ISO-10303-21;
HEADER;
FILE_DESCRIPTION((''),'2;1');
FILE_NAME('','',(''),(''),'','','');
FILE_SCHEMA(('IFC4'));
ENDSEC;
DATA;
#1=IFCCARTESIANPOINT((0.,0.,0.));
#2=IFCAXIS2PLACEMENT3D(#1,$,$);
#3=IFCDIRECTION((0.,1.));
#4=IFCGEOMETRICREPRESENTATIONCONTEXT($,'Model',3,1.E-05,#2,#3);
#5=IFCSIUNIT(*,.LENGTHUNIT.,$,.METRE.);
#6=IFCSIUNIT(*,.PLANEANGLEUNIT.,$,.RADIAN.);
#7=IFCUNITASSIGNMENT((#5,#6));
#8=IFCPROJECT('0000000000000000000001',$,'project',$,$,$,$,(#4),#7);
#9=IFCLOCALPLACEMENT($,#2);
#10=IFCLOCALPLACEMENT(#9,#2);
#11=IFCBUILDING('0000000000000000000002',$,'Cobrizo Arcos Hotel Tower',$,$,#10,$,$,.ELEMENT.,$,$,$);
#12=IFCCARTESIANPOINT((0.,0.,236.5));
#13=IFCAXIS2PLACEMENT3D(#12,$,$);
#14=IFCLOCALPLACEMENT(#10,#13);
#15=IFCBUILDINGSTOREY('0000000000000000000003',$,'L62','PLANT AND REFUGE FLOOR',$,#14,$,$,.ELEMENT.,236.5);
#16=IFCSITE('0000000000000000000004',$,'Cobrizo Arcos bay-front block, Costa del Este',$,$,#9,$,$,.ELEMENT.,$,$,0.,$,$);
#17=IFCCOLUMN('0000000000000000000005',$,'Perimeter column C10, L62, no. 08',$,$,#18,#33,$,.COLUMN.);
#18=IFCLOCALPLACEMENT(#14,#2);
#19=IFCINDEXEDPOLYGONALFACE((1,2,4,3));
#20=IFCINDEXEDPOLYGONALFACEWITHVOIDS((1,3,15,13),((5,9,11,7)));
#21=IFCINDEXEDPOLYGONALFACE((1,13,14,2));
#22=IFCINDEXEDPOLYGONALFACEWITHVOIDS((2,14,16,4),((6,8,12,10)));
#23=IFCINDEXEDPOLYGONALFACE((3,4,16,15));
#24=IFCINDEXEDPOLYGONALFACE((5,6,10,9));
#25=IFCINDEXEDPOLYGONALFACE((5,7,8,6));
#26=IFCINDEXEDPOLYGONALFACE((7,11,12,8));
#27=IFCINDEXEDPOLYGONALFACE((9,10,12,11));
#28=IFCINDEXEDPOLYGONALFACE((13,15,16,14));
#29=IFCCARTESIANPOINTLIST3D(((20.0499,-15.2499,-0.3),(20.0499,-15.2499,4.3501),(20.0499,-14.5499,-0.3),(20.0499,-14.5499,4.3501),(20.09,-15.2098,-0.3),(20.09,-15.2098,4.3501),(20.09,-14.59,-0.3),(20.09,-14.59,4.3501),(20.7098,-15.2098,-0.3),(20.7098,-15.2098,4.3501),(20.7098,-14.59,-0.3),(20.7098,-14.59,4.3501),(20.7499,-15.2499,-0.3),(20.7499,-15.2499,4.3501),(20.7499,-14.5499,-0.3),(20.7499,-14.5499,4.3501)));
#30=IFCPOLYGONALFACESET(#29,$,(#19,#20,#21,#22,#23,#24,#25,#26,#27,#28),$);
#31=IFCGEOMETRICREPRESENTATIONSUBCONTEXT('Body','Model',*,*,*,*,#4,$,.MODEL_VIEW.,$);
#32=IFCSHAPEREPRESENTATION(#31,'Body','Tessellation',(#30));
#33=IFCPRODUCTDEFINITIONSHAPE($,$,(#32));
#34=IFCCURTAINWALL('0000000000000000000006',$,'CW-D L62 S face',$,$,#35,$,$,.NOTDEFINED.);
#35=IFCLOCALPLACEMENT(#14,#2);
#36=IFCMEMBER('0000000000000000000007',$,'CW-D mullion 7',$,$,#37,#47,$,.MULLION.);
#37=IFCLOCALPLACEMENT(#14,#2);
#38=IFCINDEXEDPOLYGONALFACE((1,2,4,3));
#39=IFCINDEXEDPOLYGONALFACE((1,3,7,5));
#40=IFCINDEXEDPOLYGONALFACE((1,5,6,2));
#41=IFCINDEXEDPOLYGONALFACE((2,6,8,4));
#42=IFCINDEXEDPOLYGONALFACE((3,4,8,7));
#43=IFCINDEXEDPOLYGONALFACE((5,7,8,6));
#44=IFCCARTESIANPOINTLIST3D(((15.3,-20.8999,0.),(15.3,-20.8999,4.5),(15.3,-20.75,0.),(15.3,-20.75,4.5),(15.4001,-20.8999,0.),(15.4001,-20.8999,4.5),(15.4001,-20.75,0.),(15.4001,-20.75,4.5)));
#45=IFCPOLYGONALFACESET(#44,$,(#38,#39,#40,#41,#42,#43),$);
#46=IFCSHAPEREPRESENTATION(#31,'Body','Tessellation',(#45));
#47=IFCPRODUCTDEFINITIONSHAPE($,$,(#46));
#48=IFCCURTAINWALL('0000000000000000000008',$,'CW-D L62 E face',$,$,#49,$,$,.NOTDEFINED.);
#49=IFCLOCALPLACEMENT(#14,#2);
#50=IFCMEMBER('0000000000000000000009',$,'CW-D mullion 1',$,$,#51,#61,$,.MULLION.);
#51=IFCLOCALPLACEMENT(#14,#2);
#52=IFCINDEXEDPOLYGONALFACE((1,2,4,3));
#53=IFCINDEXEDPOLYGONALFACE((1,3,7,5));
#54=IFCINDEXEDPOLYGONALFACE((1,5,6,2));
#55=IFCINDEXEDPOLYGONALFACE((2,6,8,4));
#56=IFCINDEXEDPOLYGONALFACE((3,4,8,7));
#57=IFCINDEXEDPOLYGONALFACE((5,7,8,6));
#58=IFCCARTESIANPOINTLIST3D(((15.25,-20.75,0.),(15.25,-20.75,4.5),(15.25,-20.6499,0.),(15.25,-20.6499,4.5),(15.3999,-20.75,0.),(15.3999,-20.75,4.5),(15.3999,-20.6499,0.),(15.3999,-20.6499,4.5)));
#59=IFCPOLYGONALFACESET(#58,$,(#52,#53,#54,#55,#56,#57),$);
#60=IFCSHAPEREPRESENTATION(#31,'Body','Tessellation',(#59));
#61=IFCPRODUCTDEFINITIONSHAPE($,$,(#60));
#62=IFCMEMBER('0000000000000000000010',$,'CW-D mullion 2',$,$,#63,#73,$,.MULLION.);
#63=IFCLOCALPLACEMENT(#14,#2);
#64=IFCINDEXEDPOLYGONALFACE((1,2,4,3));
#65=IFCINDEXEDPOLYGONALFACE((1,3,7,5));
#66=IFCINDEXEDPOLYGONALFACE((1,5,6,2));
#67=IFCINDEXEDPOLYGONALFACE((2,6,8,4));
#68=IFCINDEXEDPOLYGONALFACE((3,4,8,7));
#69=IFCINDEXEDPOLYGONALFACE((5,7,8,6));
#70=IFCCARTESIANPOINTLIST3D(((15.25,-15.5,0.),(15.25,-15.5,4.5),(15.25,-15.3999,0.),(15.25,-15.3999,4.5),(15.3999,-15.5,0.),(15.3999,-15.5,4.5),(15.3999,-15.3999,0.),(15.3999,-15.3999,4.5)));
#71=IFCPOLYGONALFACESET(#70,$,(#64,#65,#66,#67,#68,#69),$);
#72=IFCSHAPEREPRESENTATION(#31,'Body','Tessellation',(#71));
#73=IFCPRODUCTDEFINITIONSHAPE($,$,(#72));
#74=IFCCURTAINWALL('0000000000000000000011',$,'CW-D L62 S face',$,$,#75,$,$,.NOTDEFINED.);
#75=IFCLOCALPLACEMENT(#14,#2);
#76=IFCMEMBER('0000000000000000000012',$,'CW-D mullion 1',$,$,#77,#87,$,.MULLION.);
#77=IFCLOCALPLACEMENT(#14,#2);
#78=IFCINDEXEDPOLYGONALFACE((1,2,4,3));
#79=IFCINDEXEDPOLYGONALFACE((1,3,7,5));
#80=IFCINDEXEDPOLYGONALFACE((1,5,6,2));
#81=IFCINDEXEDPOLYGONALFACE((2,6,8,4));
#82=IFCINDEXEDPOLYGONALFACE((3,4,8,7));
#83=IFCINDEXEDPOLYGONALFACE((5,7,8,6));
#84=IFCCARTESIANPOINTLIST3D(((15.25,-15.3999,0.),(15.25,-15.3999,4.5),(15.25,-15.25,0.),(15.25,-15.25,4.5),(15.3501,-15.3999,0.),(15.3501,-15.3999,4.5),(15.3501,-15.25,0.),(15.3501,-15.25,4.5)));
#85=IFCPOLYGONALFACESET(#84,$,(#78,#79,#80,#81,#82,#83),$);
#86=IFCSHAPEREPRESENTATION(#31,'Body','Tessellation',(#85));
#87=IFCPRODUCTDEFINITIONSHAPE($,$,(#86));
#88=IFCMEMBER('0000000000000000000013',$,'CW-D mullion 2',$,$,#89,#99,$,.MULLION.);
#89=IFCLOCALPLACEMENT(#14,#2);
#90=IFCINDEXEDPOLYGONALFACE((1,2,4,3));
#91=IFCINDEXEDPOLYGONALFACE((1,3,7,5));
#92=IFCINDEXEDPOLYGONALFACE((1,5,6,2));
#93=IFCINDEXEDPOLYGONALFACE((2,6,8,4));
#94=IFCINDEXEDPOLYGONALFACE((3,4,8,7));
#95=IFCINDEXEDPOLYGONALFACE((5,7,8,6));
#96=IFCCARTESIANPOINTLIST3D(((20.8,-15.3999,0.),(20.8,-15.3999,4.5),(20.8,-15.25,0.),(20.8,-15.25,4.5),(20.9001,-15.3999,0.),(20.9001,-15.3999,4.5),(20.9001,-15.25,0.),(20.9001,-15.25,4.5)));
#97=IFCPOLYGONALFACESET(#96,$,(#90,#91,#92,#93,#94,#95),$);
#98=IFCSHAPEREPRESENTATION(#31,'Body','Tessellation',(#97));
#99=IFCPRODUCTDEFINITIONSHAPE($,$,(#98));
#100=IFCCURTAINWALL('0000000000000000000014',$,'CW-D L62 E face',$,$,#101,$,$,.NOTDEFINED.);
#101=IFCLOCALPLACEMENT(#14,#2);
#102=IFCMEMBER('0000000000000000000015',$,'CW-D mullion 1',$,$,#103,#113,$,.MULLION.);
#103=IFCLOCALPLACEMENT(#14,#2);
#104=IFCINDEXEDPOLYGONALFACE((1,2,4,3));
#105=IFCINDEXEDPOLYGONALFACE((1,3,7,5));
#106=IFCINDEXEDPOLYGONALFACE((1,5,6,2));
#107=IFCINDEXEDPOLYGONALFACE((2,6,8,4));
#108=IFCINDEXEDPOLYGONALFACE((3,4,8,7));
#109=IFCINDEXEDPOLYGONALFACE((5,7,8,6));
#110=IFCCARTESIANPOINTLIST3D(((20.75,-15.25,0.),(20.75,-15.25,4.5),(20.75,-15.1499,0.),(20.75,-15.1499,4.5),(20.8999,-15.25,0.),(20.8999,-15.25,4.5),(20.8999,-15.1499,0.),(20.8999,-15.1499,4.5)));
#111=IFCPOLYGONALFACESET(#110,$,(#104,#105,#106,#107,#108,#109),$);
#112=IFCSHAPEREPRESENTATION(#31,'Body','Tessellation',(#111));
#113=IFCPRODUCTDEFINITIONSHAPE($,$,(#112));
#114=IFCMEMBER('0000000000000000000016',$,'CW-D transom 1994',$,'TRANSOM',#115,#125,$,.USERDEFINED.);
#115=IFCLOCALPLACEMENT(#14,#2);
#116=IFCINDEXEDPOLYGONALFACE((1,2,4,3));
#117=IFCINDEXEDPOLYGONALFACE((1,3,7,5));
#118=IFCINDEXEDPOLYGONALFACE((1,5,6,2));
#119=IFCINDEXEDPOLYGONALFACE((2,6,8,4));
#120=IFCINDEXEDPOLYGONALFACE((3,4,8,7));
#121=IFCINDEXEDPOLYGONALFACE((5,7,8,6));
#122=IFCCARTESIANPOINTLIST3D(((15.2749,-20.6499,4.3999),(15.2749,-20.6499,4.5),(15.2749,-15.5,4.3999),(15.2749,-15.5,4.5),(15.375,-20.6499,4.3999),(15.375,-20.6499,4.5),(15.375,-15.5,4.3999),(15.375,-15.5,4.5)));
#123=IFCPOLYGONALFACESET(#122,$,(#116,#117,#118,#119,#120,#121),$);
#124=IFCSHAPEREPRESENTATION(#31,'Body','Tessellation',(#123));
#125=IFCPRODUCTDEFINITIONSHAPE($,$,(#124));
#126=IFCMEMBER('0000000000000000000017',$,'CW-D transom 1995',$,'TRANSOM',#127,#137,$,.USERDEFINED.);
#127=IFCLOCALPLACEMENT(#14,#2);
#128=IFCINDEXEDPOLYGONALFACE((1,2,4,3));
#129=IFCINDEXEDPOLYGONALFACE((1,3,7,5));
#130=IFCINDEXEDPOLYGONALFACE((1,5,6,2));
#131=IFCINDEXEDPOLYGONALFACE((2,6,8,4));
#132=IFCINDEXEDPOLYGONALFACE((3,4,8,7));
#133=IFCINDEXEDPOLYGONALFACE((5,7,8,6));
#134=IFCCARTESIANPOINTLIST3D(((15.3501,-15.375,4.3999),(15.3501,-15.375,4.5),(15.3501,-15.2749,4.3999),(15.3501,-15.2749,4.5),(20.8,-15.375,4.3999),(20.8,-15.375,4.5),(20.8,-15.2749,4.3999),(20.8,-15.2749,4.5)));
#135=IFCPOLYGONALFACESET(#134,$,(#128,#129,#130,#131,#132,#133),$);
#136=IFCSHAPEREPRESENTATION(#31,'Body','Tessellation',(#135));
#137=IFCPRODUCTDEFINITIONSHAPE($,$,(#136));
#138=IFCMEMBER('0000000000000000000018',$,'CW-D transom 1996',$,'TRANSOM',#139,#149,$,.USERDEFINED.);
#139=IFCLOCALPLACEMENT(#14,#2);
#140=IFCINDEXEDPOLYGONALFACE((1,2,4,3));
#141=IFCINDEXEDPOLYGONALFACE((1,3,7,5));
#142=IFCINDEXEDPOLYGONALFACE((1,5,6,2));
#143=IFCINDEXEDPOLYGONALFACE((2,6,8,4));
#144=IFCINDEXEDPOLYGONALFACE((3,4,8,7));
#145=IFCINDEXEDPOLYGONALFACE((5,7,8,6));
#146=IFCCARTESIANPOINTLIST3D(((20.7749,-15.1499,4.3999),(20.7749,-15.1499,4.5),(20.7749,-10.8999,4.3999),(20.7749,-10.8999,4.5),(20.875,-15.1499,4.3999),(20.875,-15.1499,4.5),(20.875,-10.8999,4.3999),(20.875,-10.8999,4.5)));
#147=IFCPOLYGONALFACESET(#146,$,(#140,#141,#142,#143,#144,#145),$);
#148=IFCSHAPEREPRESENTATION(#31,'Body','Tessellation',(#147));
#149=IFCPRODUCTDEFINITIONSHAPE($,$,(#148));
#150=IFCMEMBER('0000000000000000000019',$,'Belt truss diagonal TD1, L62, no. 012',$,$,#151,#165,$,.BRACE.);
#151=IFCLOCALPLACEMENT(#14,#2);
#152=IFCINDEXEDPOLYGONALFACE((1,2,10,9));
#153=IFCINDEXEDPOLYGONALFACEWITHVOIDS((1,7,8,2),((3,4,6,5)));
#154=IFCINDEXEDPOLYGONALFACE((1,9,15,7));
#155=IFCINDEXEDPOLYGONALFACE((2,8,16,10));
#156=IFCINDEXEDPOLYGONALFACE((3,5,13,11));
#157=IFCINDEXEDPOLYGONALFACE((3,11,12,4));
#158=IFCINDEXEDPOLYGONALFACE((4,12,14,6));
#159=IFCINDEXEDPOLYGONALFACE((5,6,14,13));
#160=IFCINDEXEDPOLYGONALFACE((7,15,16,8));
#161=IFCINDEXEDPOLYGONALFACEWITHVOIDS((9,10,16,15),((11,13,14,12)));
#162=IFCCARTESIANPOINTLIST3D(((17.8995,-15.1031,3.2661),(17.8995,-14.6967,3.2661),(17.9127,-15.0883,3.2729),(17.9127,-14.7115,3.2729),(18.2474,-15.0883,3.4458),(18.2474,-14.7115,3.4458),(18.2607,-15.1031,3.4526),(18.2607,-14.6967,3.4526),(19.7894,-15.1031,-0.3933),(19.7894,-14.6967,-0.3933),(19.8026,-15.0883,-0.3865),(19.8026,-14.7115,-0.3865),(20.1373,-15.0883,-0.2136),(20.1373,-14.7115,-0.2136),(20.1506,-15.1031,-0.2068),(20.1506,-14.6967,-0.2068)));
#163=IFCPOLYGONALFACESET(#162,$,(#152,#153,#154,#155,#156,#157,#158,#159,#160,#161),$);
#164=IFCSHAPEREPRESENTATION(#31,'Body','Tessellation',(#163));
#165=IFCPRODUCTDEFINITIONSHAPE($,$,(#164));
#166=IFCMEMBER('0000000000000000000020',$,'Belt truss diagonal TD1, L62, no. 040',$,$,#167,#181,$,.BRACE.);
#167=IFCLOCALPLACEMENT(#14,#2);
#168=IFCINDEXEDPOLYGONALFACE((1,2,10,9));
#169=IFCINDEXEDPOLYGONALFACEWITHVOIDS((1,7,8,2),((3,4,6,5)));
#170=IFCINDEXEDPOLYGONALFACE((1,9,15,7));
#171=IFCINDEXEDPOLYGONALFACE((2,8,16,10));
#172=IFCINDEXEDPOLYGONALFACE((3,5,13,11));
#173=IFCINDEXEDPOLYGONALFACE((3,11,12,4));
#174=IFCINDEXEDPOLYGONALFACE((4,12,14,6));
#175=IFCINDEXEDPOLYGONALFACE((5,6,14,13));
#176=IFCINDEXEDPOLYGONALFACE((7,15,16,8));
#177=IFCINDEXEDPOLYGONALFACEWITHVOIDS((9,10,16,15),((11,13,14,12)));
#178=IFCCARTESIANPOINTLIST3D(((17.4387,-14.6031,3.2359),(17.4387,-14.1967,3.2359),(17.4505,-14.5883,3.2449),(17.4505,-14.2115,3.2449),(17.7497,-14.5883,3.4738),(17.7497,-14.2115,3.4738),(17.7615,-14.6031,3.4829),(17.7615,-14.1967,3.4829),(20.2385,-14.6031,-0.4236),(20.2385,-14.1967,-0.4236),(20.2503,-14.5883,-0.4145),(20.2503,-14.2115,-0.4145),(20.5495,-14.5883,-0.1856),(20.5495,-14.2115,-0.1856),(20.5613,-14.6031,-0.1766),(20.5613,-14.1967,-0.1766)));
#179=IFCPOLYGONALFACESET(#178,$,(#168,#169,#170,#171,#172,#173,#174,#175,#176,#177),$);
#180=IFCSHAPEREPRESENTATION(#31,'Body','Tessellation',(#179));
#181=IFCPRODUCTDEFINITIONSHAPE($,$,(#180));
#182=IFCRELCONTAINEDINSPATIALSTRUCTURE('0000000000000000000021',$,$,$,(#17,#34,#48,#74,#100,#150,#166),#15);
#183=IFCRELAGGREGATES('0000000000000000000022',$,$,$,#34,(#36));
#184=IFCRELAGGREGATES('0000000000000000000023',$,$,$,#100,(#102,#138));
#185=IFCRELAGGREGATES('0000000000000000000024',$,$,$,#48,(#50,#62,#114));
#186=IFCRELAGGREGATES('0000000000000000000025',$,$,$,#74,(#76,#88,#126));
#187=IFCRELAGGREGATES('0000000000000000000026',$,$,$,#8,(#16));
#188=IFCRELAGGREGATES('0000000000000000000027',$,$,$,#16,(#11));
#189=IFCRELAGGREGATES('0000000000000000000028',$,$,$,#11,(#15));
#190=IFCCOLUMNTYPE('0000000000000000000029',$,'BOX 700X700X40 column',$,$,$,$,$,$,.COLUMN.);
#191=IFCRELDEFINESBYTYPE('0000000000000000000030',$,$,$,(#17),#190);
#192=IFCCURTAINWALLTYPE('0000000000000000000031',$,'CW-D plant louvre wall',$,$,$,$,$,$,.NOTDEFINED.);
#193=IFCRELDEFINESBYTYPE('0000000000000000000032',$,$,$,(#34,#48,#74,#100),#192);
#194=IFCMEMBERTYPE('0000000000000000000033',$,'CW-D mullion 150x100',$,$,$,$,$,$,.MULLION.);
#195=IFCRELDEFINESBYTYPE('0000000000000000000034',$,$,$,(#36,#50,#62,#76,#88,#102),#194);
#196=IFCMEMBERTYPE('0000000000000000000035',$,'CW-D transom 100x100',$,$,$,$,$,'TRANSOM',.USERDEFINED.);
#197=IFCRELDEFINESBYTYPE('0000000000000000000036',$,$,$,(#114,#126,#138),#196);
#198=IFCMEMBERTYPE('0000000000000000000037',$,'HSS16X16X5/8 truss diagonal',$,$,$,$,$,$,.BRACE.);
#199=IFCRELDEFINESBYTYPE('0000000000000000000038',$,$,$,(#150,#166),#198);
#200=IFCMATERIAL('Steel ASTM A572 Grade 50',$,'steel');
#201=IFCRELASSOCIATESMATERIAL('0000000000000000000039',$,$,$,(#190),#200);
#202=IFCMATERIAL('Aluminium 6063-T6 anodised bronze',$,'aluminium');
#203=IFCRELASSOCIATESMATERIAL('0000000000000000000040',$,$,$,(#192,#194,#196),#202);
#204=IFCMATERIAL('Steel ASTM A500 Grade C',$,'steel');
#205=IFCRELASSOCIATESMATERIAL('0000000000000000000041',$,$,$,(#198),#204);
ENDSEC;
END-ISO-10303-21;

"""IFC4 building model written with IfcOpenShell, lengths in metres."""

from ifc_helpers import new_model, si_unit, direction, frame, origin, origin_2d, place, context, subcontext, project, spatial, rectangle, hollow_rectangle, extrude, material, material_profile, profile_set, type_object, element, aggregate, save


model = new_model("IFC4")

# Units and contexts
model_context = context("Model", 3, precision=1e-05, world=origin(), true_north=direction((0.0, 1.0)))
body_context = subcontext(model_context, "Body", "Model", "MODEL_VIEW")
ifc_project = project(units=[si_unit("LENGTHUNIT", "METRE"), si_unit("PLANEANGLEUNIT", "RADIAN")], contexts=[model_context])

# Site, building, storey
site_placement = place(None, origin())
site = spatial("IfcSite", under=ifc_project, at=site_placement, Name="Cobrizo Arcos bay-front block, Costa del Este", CompositionType="ELEMENT", RefElevation=0.0)
building_placement = place(site_placement, origin())
building = spatial("IfcBuilding", under=site, at=building_placement, Name="Cobrizo Arcos Hotel Tower", CompositionType="ELEMENT")
storey_placement = place(building_placement, frame((0.0, 0.0, 236.5)))
storey = spatial("IfcBuildingStorey", under=building, at=storey_placement, Name="L62", Description="PLANT AND REFUGE FLOOR", CompositionType="ELEMENT", Elevation=236.5)

# Column
ifc_material_1 = material(Name="Steel ASTM A572 Grade 50", Category="steel")
ifc_material_profile_1 = material_profile(ifc_material_1, hollow_rectangle(XDim=0.7, YDim=0.7, WallThickness=0.04, at=origin_2d()), Name="BOX 700X700X40")
ifc_profile_set_1 = profile_set([ifc_material_profile_1], Name="Steel ASTM A572 Grade 50")
column_type = type_object("IfcColumnType", Name="BOX 700X700X40 column", PredefinedType="COLUMN", material=ifc_profile_set_1)
column_placement = place(storey_placement, frame((20.3999, -14.8999, -0.3), z_axis=(0.0, 0.0, 1.0), x_axis=(1.0, 0.0, 0.0)))
element("IfcColumn", 1, at=column_placement, inside=storey, type_object=column_type, Name="Perimeter column C10, L62, no. 08", PredefinedType="COLUMN", context=body_context, shape_type="SweptSolid", body=[
    extrude(hollow_rectangle(XDim=0.7, YDim=0.7, WallThickness=0.04, at=origin_2d()), origin(), (0.0, 0.0, 1.0), 4.6501),
])

# Curtain wall, member
ifc_material_2 = material(Name="Aluminium 6063-T6 anodised bronze", Category="aluminium")
curtain_wall_type = type_object("IfcCurtainWallType", Name="CW-D plant louvre wall", PredefinedType="NOTDEFINED", material=ifc_material_2)
curtain_wall_1_placement = place(storey_placement, origin())
curtain_wall_1 = element("IfcCurtainWall", 2, at=curtain_wall_1_placement, inside=storey, type_object=curtain_wall_type, Name="CW-D L62 S face", PredefinedType="NOTDEFINED")
ifc_material_profile_2 = material_profile(ifc_material_2, rectangle(XDim=0.1499, YDim=0.1001, at=origin_2d()), Name="CW-D mullion 150x100")
ifc_profile_set_2 = profile_set([ifc_material_profile_2], Name="Aluminium 6063-T6 anodised bronze")
member_type_1 = type_object("IfcMemberType", Name="CW-D mullion 150x100", PredefinedType="MULLION", material=ifc_profile_set_2)
member_1_placement = place(storey_placement, frame((15.3501, -20.825, 0.0), z_axis=(0.0, 0.0, 1.0), x_axis=(0.0, -1.0, 0.0)))
member_1 = element("IfcMember", 3, at=member_1_placement, type_object=member_type_1, Name="CW-D mullion 7", PredefinedType="MULLION", context=body_context, shape_type="SweptSolid", body=[
    extrude(rectangle(XDim=0.1499, YDim=0.1001, at=origin_2d()), origin(), (0.0, 0.0, 1.0), 4.5),
])
aggregate(curtain_wall_1, [member_1])

# Curtain walls, members
curtain_wall_2_placement = place(storey_placement, origin())
curtain_wall_2 = element("IfcCurtainWall", 4, at=curtain_wall_2_placement, inside=storey, type_object=curtain_wall_type, Name="CW-D L62 E face", PredefinedType="NOTDEFINED")
member_2_placement = place(storey_placement, frame((15.325, -20.7, 0.0), z_axis=(0.0, 0.0, 1.0), x_axis=(1.0, 0.0, 0.0)))
member_2 = element("IfcMember", 5, at=member_2_placement, type_object=member_type_1, Name="CW-D mullion 1", PredefinedType="MULLION", context=body_context, shape_type="SweptSolid", body=[
    extrude(rectangle(XDim=0.1499, YDim=0.1001, at=origin_2d()), origin(), (0.0, 0.0, 1.0), 4.5),
])
member_3_placement = place(storey_placement, frame((15.325, -15.45, 0.0), z_axis=(0.0, 0.0, 1.0), x_axis=(1.0, 0.0, 0.0)))
member_3 = element("IfcMember", 6, at=member_3_placement, type_object=member_type_1, Name="CW-D mullion 2", PredefinedType="MULLION", context=body_context, shape_type="SweptSolid", body=[
    extrude(rectangle(XDim=0.1499, YDim=0.1001, at=origin_2d()), origin(), (0.0, 0.0, 1.0), 4.5),
])
curtain_wall_3_placement = place(storey_placement, origin())
curtain_wall_3 = element("IfcCurtainWall", 7, at=curtain_wall_3_placement, inside=storey, type_object=curtain_wall_type, Name="CW-D L62 S face", PredefinedType="NOTDEFINED")
member_4_placement = place(storey_placement, frame((15.3, -15.325, 0.0), z_axis=(0.0, 0.0, 1.0), x_axis=(0.0, -1.0, 0.0)))
member_4 = element("IfcMember", 8, at=member_4_placement, type_object=member_type_1, Name="CW-D mullion 1", PredefinedType="MULLION", context=body_context, shape_type="SweptSolid", body=[
    extrude(rectangle(XDim=0.1499, YDim=0.1001, at=origin_2d()), origin(), (0.0, 0.0, 1.0), 4.5),
])
member_5_placement = place(storey_placement, frame((20.8501, -15.325, 0.0), z_axis=(0.0, 0.0, 1.0), x_axis=(0.0, -1.0, 0.0)))
member_5 = element("IfcMember", 9, at=member_5_placement, type_object=member_type_1, Name="CW-D mullion 2", PredefinedType="MULLION", context=body_context, shape_type="SweptSolid", body=[
    extrude(rectangle(XDim=0.1499, YDim=0.1001, at=origin_2d()), origin(), (0.0, 0.0, 1.0), 4.5),
])

# Curtain wall, member
curtain_wall_4_placement = place(storey_placement, origin())
curtain_wall_4 = element("IfcCurtainWall", 10, at=curtain_wall_4_placement, inside=storey, type_object=curtain_wall_type, Name="CW-D L62 E face", PredefinedType="NOTDEFINED")
member_6_placement = place(storey_placement, frame((20.825, -15.2, 0.0), z_axis=(0.0, 0.0, 1.0), x_axis=(1.0, 0.0, 0.0)))
member_6 = element("IfcMember", 11, at=member_6_placement, type_object=member_type_1, Name="CW-D mullion 1", PredefinedType="MULLION", context=body_context, shape_type="SweptSolid", body=[
    extrude(rectangle(XDim=0.1499, YDim=0.1001, at=origin_2d()), origin(), (0.0, 0.0, 1.0), 4.5),
])

# Members
ifc_material_profile_3 = material_profile(ifc_material_2, rectangle(XDim=0.1001, YDim=0.1001, at=origin_2d()), Name="CW-D transom 100x100")
ifc_profile_set_3 = profile_set([ifc_material_profile_3], Name="Aluminium 6063-T6 anodised bronze")
member_type_2 = type_object("IfcMemberType", Name="CW-D transom 100x100", ElementType="TRANSOM", PredefinedType="USERDEFINED", material=ifc_profile_set_3)
member_7_placement = place(storey_placement, frame((15.325, -20.6499, 4.45), z_axis=(0.0, 1.0, 0.0), x_axis=(-1.0, 0.0, 0.0)))
member_7 = element("IfcMember", 12, at=member_7_placement, type_object=member_type_2, Name="CW-D transom 1994", ObjectType="TRANSOM", PredefinedType="USERDEFINED", context=body_context, shape_type="SweptSolid", body=[
    extrude(rectangle(XDim=0.1001, YDim=0.1001, at=origin_2d()), origin(), (0.0, 0.0, 1.0), 5.1499),
])
member_8_placement = place(storey_placement, frame((15.3501, -15.325, 4.45), z_axis=(1.0, 0.0, 0.0), x_axis=(0.0, 1.0, 0.0)))
member_8 = element("IfcMember", 13, at=member_8_placement, type_object=member_type_2, Name="CW-D transom 1995", ObjectType="TRANSOM", PredefinedType="USERDEFINED", context=body_context, shape_type="SweptSolid", body=[
    extrude(rectangle(XDim=0.1001, YDim=0.1001, at=origin_2d()), origin(), (0.0, 0.0, 1.0), 5.45),
])
member_9_placement = place(storey_placement, frame((20.825, -15.1499, 4.45), z_axis=(0.0, 1.0, 0.0), x_axis=(-1.0, 0.0, 0.0)))
member_9 = element("IfcMember", 14, at=member_9_placement, type_object=member_type_2, Name="CW-D transom 1996", ObjectType="TRANSOM", PredefinedType="USERDEFINED", context=body_context, shape_type="SweptSolid", body=[
    extrude(rectangle(XDim=0.1001, YDim=0.1001, at=origin_2d()), origin(), (0.0, 0.0, 1.0), 4.25),
])
aggregate(curtain_wall_4, [member_6, member_9])

# Members
ifc_material_3 = material(Name="Steel ASTM A500 Grade C", Category="steel")
ifc_material_profile_4 = material_profile(ifc_material_3, hollow_rectangle(XDim=0.4065, YDim=0.4065, WallThickness=0.0149, at=origin_2d()), Name="HSS16X16X5/8")
ifc_profile_set_4 = profile_set([ifc_material_profile_4], Name="Steel ASTM A500 Grade C")
member_type_3 = type_object("IfcMemberType", Name="HSS16X16X5/8 truss diagonal", PredefinedType="BRACE", material=ifc_profile_set_4)
member_10_placement = place(storey_placement, frame((18.0801, -14.8999, 3.3594), z_axis=(0.458865, 0.0, -0.888506), x_axis=(0.0, 1.0, 0.0)))
element("IfcMember", 15, at=member_10_placement, inside=storey, type_object=member_type_3, Name="Belt truss diagonal TD1, L62, no. 012", PredefinedType="BRACE", context=body_context, shape_type="SweptSolid", body=[
    extrude(hollow_rectangle(XDim=0.4065, YDim=0.4065, WallThickness=0.0149, at=origin_2d()), origin(), (0.0, 0.0, 1.0), 4.1187),
])
member_11_placement = place(storey_placement, frame((17.6001, -14.3999, 3.3594), z_axis=(0.607645, 0.0, -0.794209), x_axis=(0.0, 1.0, 0.0)))
element("IfcMember", 16, at=member_11_placement, inside=storey, type_object=member_type_3, Name="Belt truss diagonal TD1, L62, no. 040", PredefinedType="BRACE", context=body_context, shape_type="SweptSolid", body=[
    extrude(hollow_rectangle(XDim=0.4065, YDim=0.4065, WallThickness=0.0149, at=origin_2d()), origin(), (0.0, 0.0, 1.0), 4.6077),
])

aggregate(curtain_wall_2, [member_2, member_3, member_7])
aggregate(curtain_wall_3, [member_4, member_5, member_8])

save(model, "model.ifc")
